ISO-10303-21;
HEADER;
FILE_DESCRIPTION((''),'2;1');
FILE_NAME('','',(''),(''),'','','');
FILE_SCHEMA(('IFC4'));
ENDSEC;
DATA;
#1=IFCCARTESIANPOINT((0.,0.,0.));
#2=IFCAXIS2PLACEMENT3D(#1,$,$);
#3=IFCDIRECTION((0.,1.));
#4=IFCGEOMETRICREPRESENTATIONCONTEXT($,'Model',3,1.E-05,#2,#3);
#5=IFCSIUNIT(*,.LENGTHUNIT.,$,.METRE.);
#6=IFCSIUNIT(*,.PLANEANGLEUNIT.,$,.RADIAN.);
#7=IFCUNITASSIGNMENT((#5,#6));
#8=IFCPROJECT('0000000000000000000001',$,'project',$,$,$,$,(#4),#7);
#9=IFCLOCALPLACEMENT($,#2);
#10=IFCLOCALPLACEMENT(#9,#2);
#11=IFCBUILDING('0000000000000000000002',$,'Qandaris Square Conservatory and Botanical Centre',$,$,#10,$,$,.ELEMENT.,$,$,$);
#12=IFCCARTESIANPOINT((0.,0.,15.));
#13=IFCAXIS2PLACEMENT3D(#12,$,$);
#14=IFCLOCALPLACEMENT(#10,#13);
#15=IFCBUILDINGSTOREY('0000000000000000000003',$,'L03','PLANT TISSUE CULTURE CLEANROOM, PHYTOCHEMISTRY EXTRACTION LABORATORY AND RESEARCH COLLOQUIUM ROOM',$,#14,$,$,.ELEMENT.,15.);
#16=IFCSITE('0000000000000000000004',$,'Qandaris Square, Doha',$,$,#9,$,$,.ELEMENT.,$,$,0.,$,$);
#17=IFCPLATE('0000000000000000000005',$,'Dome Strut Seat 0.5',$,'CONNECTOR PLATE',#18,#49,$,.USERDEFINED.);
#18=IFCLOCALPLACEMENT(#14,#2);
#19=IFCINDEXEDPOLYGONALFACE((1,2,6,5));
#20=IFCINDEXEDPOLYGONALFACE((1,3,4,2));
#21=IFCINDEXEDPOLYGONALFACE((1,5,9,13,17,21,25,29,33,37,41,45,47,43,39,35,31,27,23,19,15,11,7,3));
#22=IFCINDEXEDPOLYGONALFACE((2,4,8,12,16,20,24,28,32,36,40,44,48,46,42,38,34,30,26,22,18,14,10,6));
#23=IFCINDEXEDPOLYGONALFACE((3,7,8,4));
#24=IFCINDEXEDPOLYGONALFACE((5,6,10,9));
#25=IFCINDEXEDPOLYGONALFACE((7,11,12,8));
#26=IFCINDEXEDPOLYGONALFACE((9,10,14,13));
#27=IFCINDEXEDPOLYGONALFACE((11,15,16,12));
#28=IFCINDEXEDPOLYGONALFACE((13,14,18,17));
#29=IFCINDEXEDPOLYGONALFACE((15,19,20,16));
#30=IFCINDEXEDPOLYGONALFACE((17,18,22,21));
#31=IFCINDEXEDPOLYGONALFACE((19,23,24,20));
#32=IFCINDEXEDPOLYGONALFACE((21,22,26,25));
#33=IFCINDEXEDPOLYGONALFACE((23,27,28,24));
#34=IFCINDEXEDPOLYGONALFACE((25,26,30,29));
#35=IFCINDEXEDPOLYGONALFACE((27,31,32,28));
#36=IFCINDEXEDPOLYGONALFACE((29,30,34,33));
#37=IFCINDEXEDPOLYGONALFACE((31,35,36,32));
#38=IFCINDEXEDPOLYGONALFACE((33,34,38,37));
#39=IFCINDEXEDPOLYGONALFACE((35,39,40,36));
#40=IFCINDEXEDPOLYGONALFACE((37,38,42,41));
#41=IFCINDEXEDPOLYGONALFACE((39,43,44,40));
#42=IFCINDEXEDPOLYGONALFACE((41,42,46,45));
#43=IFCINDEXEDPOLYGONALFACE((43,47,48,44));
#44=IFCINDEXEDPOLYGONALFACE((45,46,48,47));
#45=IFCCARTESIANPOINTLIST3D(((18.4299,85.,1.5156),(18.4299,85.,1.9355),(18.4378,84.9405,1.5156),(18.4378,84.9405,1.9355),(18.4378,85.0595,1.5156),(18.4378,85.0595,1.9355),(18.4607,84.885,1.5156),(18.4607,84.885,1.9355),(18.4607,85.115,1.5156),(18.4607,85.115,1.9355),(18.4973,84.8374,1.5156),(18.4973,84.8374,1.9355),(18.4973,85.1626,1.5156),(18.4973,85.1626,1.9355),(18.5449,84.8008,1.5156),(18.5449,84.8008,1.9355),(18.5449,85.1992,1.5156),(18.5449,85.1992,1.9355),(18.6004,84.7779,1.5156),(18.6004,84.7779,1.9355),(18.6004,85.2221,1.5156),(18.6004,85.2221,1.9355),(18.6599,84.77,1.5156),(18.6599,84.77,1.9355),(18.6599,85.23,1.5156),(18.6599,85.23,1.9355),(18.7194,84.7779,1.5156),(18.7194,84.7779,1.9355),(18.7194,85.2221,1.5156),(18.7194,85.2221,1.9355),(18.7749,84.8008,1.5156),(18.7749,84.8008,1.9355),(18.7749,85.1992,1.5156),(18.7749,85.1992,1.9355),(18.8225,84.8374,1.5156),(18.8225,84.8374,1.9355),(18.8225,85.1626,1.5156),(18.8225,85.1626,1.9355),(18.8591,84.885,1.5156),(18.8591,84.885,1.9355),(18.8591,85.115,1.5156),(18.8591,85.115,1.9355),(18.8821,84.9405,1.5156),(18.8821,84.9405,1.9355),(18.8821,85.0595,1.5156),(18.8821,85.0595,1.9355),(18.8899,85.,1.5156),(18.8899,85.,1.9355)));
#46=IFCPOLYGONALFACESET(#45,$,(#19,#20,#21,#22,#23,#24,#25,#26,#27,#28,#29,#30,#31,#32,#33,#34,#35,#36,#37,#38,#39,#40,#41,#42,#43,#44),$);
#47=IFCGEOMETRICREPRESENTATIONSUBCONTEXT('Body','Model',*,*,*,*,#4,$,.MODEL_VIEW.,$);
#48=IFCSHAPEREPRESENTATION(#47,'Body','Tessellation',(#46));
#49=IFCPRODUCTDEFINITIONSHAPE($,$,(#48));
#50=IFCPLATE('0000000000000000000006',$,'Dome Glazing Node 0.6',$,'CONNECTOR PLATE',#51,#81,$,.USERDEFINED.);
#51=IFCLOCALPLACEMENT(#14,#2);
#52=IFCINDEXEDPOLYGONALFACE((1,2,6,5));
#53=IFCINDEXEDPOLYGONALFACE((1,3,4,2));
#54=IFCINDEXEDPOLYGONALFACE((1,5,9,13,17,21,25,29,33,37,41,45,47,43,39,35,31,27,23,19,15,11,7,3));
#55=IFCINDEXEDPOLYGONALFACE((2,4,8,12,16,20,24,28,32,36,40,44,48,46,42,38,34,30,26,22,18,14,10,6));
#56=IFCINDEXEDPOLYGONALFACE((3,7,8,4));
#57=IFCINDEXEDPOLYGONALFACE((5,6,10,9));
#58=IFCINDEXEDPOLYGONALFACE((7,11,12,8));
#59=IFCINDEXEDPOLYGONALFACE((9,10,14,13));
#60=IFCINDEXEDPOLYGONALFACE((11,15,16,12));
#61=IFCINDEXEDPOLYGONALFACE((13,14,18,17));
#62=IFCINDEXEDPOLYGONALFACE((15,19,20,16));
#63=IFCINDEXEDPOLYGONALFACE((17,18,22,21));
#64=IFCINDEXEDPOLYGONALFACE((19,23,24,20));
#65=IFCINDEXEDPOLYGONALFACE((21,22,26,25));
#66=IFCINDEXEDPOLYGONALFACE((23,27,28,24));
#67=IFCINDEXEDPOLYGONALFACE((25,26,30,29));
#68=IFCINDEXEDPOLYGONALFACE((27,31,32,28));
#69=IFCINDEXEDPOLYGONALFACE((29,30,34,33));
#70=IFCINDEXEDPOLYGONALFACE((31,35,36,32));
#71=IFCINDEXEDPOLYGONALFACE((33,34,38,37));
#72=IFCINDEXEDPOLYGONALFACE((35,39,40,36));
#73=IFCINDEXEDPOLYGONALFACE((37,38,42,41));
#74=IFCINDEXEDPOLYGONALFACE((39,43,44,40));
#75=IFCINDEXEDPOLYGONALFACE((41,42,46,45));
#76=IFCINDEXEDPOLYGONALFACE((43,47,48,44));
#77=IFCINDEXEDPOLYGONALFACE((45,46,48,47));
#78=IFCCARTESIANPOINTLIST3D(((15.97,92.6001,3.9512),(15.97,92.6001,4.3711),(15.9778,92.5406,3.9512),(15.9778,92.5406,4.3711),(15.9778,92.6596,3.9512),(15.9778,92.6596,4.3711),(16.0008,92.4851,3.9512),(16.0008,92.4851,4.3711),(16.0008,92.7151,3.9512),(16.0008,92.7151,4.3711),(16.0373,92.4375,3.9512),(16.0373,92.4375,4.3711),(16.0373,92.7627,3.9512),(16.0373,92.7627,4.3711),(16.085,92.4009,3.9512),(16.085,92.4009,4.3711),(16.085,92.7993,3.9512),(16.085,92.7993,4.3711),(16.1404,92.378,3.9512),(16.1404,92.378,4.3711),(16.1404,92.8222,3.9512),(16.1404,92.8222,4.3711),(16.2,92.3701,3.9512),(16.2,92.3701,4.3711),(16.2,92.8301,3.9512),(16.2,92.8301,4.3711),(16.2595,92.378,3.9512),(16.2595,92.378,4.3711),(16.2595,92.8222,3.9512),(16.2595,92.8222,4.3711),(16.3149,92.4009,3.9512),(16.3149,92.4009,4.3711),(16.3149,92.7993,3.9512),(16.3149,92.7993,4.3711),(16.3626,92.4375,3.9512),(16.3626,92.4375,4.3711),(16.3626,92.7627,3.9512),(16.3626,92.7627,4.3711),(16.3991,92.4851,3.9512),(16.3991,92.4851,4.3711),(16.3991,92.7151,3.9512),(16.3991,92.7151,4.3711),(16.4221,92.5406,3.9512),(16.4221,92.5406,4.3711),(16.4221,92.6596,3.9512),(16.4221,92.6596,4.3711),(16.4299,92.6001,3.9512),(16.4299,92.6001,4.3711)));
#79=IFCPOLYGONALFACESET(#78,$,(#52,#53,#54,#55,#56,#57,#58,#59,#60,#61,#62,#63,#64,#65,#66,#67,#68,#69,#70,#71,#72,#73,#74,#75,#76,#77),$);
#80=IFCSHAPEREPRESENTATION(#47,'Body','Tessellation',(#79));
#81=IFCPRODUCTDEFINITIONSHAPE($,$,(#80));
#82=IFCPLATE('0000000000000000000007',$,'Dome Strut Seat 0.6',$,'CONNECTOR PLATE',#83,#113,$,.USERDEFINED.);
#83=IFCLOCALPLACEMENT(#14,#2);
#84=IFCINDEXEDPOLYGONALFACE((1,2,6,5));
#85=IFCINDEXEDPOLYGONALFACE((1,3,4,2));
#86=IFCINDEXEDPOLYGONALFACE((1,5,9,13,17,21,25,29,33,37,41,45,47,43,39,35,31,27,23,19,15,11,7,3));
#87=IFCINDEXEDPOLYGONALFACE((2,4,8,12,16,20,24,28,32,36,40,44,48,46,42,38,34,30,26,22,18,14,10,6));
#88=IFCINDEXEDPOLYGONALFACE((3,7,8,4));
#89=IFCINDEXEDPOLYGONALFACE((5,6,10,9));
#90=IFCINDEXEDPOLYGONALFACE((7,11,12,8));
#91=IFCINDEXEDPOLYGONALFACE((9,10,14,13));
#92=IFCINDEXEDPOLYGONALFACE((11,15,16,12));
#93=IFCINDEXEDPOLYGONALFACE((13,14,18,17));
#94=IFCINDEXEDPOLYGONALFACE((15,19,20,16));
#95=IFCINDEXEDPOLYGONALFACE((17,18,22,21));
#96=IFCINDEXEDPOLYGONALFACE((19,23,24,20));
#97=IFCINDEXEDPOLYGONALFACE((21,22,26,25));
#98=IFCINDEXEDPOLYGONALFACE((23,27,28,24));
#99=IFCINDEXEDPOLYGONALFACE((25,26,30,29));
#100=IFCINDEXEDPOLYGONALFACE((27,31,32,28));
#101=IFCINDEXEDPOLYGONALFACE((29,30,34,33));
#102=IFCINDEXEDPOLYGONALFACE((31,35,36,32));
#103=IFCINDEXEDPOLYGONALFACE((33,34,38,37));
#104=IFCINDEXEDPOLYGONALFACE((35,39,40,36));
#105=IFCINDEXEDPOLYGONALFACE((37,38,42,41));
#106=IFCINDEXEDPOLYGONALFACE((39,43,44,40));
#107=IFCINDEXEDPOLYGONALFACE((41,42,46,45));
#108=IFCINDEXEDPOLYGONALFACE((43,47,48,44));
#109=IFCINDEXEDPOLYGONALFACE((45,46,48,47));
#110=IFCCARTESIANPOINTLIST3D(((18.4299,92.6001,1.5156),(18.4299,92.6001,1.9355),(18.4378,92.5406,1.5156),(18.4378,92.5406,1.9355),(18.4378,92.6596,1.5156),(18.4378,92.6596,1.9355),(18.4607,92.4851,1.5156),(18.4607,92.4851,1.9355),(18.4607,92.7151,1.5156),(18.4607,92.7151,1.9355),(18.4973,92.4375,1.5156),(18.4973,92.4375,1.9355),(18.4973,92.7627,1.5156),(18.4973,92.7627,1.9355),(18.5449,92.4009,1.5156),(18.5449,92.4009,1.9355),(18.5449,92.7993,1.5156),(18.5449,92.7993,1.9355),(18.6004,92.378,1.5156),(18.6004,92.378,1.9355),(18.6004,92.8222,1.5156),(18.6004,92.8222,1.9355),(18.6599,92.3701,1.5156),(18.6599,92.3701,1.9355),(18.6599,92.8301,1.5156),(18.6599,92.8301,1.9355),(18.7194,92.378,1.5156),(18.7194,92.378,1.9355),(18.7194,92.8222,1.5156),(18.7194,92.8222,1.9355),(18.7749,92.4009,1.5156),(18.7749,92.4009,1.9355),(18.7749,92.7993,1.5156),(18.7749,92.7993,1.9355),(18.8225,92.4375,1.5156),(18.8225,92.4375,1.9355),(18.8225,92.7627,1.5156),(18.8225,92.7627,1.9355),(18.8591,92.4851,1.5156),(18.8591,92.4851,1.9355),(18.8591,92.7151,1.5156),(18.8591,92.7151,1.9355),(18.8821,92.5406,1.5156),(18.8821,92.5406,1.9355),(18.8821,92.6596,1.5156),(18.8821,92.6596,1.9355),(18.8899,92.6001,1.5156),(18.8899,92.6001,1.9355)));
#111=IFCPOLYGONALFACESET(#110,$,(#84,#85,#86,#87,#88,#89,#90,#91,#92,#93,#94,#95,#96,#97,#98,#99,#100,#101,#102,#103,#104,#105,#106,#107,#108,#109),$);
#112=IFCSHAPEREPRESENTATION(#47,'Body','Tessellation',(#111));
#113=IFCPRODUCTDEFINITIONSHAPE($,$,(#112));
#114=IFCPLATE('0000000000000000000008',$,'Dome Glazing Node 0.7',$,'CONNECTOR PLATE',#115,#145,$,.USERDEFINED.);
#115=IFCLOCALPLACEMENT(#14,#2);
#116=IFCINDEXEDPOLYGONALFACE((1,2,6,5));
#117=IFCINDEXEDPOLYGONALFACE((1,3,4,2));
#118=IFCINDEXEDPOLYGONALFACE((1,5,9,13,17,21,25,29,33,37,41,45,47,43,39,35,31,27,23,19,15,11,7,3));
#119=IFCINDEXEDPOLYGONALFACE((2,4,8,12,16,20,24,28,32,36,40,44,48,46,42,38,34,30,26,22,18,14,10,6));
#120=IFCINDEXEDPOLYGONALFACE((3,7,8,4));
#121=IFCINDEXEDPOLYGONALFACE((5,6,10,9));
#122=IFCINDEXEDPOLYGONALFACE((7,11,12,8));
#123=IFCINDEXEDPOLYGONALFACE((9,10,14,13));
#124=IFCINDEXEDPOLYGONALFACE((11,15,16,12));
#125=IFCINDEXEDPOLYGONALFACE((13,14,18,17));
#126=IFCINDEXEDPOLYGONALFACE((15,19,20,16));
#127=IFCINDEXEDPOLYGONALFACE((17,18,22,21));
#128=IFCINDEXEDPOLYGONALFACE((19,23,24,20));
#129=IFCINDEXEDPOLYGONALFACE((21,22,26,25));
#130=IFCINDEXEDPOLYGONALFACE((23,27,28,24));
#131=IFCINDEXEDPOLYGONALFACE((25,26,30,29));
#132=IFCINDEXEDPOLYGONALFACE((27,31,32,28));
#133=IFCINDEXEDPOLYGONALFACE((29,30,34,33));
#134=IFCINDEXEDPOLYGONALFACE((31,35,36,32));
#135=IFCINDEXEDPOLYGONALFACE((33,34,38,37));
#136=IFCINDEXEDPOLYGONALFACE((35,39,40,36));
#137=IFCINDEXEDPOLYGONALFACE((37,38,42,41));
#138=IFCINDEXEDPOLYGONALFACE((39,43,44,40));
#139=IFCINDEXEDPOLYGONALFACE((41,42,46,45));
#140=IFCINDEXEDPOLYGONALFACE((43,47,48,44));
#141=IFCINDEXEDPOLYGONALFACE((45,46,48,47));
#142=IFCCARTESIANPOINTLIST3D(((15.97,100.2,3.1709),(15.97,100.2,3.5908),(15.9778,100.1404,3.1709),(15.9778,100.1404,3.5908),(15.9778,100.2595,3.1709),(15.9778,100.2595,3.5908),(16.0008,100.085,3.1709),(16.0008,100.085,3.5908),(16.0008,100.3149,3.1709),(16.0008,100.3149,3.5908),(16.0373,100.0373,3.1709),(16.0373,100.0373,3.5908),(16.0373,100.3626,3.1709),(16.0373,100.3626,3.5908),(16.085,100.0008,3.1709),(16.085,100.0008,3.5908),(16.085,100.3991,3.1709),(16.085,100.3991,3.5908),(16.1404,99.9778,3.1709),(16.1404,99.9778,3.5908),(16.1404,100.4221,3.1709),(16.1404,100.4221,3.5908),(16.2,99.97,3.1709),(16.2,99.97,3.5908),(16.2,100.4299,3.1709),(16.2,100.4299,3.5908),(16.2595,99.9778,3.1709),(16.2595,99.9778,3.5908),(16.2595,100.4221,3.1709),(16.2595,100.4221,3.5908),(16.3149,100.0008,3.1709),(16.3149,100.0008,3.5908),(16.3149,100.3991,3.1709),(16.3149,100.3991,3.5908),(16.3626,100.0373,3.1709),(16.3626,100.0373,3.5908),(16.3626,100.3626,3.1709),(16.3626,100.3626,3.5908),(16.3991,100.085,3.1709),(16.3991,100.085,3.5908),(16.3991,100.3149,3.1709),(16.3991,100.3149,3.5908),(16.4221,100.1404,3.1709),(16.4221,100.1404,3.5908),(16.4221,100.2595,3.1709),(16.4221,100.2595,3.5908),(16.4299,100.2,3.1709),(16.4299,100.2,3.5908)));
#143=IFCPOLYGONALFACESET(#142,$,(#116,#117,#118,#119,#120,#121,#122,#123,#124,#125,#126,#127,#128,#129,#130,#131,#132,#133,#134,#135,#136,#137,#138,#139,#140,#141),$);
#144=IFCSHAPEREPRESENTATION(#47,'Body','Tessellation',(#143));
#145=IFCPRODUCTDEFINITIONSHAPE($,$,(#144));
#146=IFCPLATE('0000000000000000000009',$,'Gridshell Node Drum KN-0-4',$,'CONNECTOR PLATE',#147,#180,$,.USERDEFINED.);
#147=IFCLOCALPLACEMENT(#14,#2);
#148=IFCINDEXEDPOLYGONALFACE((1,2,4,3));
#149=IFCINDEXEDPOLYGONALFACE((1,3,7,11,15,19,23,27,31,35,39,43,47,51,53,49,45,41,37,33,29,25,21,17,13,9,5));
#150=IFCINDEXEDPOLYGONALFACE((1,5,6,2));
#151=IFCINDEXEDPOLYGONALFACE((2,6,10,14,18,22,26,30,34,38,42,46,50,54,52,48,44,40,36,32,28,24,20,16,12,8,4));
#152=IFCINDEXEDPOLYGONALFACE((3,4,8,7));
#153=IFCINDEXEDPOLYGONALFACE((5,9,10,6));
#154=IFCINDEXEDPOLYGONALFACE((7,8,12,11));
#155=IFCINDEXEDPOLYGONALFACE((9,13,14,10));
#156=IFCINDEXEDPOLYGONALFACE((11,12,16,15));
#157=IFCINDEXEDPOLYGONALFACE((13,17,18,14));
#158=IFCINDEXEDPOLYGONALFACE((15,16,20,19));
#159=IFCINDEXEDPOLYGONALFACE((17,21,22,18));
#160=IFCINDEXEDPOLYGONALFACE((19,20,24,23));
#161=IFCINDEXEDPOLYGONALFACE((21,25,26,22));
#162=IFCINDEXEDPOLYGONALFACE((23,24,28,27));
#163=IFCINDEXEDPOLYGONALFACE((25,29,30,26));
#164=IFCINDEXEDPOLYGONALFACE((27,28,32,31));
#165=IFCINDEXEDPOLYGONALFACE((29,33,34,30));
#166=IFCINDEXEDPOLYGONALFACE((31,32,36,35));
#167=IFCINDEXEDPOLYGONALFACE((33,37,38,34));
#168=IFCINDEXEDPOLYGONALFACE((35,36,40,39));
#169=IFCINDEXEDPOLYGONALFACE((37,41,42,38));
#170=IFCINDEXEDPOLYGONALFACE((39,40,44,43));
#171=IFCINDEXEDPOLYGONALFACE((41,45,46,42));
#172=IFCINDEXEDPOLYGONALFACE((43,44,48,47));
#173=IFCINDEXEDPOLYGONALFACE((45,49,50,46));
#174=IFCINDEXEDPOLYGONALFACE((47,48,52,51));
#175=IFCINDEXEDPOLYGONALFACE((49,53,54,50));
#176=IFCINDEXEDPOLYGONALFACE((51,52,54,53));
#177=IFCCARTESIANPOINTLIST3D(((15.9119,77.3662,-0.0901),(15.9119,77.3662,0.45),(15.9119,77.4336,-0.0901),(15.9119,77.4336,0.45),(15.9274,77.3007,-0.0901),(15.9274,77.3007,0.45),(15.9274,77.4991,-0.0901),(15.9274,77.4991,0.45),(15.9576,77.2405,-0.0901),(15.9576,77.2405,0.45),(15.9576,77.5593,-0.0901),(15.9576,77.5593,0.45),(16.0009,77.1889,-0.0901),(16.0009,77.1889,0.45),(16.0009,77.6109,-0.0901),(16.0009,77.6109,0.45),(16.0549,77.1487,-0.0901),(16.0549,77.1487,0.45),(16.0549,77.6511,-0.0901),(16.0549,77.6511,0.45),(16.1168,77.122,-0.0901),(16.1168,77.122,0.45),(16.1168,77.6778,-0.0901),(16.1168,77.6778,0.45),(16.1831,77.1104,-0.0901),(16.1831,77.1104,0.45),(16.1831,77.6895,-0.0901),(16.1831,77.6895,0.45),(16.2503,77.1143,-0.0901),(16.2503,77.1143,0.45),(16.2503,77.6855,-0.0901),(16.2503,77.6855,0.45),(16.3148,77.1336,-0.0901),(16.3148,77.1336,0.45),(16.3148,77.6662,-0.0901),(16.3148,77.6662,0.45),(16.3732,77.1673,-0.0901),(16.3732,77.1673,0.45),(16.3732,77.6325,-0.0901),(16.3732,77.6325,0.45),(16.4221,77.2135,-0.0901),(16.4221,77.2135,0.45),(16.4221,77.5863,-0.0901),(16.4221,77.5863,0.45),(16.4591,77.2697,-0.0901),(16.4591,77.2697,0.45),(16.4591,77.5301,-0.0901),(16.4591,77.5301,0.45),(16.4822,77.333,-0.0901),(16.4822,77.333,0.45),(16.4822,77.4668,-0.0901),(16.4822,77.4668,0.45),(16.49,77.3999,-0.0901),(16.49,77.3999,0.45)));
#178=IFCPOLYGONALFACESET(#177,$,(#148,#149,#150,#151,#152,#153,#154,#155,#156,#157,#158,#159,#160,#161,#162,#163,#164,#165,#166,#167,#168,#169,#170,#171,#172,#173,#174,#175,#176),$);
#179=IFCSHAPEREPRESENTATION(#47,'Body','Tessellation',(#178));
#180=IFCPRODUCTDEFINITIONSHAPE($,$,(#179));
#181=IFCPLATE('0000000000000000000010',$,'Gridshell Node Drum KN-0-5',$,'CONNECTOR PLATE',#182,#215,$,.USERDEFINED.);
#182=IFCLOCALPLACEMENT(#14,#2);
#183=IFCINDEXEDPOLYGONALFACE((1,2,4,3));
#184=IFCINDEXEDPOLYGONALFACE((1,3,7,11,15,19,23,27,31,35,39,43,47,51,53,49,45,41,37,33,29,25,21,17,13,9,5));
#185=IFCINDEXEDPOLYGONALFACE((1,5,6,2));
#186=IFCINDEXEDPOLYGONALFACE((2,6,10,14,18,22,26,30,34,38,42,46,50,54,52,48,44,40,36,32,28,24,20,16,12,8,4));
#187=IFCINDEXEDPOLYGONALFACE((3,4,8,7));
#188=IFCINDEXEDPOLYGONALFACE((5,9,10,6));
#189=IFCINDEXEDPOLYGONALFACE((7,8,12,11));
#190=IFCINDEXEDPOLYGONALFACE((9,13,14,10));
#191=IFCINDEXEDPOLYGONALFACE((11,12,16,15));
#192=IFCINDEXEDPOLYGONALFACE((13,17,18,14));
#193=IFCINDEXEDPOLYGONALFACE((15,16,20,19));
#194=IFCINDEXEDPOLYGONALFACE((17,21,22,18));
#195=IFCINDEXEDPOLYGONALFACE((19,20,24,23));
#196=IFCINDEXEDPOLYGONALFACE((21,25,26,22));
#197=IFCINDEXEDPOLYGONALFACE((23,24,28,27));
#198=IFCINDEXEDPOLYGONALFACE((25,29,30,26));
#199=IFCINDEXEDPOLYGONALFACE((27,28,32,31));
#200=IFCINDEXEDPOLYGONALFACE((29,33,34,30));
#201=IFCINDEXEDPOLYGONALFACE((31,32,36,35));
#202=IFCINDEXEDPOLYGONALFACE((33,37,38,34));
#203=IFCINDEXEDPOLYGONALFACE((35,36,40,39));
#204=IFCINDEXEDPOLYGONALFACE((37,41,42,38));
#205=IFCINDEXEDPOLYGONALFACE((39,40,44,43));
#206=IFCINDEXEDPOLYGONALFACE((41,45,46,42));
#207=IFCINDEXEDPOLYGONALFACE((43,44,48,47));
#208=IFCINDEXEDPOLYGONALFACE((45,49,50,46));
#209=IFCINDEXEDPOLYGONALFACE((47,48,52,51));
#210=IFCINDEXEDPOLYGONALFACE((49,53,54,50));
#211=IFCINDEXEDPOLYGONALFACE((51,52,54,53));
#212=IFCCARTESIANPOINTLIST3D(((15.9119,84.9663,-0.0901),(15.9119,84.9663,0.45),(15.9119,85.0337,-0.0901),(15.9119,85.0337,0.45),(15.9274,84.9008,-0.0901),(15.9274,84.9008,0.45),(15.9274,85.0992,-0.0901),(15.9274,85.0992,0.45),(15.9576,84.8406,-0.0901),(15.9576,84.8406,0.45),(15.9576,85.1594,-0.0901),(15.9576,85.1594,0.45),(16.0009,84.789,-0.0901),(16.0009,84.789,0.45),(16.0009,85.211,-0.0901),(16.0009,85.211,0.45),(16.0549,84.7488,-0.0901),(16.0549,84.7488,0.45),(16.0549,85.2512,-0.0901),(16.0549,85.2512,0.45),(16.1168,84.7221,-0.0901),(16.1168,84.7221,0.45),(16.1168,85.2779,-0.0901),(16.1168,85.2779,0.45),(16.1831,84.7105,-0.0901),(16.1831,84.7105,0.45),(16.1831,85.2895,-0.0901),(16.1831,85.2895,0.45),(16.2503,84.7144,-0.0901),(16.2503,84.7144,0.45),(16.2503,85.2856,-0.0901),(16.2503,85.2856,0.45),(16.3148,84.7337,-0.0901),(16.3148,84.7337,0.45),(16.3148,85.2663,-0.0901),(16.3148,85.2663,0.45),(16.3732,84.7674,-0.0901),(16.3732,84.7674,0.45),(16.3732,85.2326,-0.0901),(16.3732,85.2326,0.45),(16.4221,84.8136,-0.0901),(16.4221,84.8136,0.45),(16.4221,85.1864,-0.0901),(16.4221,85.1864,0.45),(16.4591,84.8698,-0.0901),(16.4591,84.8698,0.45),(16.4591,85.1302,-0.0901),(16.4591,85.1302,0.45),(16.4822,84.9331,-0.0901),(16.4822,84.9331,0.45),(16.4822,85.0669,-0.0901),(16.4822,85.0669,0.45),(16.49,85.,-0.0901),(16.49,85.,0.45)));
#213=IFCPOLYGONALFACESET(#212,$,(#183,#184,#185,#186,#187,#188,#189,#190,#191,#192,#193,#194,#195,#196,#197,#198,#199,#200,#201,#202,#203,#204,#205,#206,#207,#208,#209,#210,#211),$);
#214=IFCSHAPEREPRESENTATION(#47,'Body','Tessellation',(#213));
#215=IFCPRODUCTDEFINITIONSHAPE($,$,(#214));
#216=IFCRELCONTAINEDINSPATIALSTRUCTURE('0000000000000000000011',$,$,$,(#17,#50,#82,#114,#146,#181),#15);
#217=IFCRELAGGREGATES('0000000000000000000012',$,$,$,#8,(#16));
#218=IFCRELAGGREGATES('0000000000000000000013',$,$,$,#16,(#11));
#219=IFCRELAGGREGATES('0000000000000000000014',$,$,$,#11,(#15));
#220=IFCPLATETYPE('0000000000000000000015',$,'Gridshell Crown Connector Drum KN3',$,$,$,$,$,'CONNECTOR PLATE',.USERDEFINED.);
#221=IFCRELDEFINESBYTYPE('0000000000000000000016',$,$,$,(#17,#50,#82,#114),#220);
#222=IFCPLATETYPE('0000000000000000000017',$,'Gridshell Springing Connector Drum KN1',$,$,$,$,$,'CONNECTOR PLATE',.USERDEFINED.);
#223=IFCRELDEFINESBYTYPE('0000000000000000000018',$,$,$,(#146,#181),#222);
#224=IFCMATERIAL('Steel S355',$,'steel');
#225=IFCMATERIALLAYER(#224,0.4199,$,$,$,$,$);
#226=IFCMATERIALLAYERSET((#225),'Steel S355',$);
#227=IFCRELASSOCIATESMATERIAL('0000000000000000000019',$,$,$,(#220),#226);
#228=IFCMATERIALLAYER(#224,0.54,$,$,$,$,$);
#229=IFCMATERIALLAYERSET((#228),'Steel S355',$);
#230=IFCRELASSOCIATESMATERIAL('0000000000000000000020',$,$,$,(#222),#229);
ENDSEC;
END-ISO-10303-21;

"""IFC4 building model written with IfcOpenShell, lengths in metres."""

from ifc_helpers import new_model, si_unit, direction, frame, origin, origin_2d, place, context, subcontext, project, spatial, circle, extrude, material, layer, layer_set, type_object, element, save


model = new_model("IFC4")

# Units and contexts
model_context = context("Model", 3, precision=1e-05, world=origin(), true_north=direction((0.0, 1.0)))
body_context = subcontext(model_context, "Body", "Model", "MODEL_VIEW")
ifc_project = project(units=[si_unit("LENGTHUNIT", "METRE"), si_unit("PLANEANGLEUNIT", "RADIAN")], contexts=[model_context])

# Site, building, storey
site_placement = place(None, origin())
site = spatial("IfcSite", under=ifc_project, at=site_placement, Name="Qandaris Square, Doha", CompositionType="ELEMENT", RefElevation=0.0)
building_placement = place(site_placement, origin())
building = spatial("IfcBuilding", under=site, at=building_placement, Name="Qandaris Square Conservatory and Botanical Centre", CompositionType="ELEMENT")
storey_placement = place(building_placement, frame((0.0, 0.0, 15.0)))
storey = spatial("IfcBuildingStorey", under=building, at=storey_placement, Name="L03", Description="PLANT TISSUE CULTURE CLEANROOM, PHYTOCHEMISTRY EXTRACTION LABORATORY AND RESEARCH COLLOQUIUM ROOM", CompositionType="ELEMENT", Elevation=15.0)

# Shared definitions
ifc_material_1 = material(Name="Steel S355", Category="steel")

# Plates
ifc_layer_1 = layer(ifc_material_1, 0.4199)
ifc_layer_set_1 = layer_set([ifc_layer_1], Name="Steel S355")
plate_type_1 = type_object("IfcPlateType", Name="Gridshell Crown Connector Drum KN3", ElementType="CONNECTOR PLATE", PredefinedType="USERDEFINED", material=ifc_layer_set_1)
for number, where, z_axis, x_axis, name in (
    (1, (18.6599, 85.0, 1.5156), (0.0, 0.0, 1.0), (1.0, 0.0, 0.0), "Dome Strut Seat 0.5"),
    (2, (16.2, 92.6001, 3.9512), (0.0, 0.0, 1.0), (1.0, 0.0, 0.0), "Dome Glazing Node 0.6"),
    (3, (18.6599, 92.6001, 1.5156), (0.0, 0.0, 1.0), (1.0, 0.0, 0.0), "Dome Strut Seat 0.6"),
    (4, (16.2, 100.2, 3.1709), (0.0, 0.0, 1.0), (1.0, 0.0, 0.0), "Dome Glazing Node 0.7"),
):
    element("IfcPlate", number, at=place(storey_placement, frame(where, z_axis=z_axis, x_axis=x_axis)), inside=storey, type_object=plate_type_1, Name=name, ObjectType="CONNECTOR PLATE", PredefinedType="USERDEFINED", context=body_context, shape_type="SweptSolid", body=[
        extrude(circle(Radius=0.23, at=origin_2d()), origin(), (0.0, 0.0, 1.0), 0.4199),
    ])
ifc_layer_2 = layer(ifc_material_1, 0.54)
ifc_layer_set_2 = layer_set([ifc_layer_2], Name="Steel S355")
plate_type_2 = type_object("IfcPlateType", Name="Gridshell Springing Connector Drum KN1", ElementType="CONNECTOR PLATE", PredefinedType="USERDEFINED", material=ifc_layer_set_2)
for number, where, z_axis, x_axis, name in (
    (5, (16.2, 77.3999, -0.0901), (0.0, 0.0, 1.0), (1.0, 0.0, 0.0), "Gridshell Node Drum KN-0-4"),
    (6, (16.2, 85.0, -0.0901), (0.0, 0.0, 1.0), (1.0, 0.0, 0.0), "Gridshell Node Drum KN-0-5"),
):
    element("IfcPlate", number, at=place(storey_placement, frame(where, z_axis=z_axis, x_axis=x_axis)), inside=storey, type_object=plate_type_2, Name=name, ObjectType="CONNECTOR PLATE", PredefinedType="USERDEFINED", context=body_context, shape_type="SweptSolid", body=[
        extrude(circle(Radius=0.29, at=origin_2d()), origin(), (0.0, 0.0, 1.0), 0.54),
    ])

save(model, "model.ifc")
